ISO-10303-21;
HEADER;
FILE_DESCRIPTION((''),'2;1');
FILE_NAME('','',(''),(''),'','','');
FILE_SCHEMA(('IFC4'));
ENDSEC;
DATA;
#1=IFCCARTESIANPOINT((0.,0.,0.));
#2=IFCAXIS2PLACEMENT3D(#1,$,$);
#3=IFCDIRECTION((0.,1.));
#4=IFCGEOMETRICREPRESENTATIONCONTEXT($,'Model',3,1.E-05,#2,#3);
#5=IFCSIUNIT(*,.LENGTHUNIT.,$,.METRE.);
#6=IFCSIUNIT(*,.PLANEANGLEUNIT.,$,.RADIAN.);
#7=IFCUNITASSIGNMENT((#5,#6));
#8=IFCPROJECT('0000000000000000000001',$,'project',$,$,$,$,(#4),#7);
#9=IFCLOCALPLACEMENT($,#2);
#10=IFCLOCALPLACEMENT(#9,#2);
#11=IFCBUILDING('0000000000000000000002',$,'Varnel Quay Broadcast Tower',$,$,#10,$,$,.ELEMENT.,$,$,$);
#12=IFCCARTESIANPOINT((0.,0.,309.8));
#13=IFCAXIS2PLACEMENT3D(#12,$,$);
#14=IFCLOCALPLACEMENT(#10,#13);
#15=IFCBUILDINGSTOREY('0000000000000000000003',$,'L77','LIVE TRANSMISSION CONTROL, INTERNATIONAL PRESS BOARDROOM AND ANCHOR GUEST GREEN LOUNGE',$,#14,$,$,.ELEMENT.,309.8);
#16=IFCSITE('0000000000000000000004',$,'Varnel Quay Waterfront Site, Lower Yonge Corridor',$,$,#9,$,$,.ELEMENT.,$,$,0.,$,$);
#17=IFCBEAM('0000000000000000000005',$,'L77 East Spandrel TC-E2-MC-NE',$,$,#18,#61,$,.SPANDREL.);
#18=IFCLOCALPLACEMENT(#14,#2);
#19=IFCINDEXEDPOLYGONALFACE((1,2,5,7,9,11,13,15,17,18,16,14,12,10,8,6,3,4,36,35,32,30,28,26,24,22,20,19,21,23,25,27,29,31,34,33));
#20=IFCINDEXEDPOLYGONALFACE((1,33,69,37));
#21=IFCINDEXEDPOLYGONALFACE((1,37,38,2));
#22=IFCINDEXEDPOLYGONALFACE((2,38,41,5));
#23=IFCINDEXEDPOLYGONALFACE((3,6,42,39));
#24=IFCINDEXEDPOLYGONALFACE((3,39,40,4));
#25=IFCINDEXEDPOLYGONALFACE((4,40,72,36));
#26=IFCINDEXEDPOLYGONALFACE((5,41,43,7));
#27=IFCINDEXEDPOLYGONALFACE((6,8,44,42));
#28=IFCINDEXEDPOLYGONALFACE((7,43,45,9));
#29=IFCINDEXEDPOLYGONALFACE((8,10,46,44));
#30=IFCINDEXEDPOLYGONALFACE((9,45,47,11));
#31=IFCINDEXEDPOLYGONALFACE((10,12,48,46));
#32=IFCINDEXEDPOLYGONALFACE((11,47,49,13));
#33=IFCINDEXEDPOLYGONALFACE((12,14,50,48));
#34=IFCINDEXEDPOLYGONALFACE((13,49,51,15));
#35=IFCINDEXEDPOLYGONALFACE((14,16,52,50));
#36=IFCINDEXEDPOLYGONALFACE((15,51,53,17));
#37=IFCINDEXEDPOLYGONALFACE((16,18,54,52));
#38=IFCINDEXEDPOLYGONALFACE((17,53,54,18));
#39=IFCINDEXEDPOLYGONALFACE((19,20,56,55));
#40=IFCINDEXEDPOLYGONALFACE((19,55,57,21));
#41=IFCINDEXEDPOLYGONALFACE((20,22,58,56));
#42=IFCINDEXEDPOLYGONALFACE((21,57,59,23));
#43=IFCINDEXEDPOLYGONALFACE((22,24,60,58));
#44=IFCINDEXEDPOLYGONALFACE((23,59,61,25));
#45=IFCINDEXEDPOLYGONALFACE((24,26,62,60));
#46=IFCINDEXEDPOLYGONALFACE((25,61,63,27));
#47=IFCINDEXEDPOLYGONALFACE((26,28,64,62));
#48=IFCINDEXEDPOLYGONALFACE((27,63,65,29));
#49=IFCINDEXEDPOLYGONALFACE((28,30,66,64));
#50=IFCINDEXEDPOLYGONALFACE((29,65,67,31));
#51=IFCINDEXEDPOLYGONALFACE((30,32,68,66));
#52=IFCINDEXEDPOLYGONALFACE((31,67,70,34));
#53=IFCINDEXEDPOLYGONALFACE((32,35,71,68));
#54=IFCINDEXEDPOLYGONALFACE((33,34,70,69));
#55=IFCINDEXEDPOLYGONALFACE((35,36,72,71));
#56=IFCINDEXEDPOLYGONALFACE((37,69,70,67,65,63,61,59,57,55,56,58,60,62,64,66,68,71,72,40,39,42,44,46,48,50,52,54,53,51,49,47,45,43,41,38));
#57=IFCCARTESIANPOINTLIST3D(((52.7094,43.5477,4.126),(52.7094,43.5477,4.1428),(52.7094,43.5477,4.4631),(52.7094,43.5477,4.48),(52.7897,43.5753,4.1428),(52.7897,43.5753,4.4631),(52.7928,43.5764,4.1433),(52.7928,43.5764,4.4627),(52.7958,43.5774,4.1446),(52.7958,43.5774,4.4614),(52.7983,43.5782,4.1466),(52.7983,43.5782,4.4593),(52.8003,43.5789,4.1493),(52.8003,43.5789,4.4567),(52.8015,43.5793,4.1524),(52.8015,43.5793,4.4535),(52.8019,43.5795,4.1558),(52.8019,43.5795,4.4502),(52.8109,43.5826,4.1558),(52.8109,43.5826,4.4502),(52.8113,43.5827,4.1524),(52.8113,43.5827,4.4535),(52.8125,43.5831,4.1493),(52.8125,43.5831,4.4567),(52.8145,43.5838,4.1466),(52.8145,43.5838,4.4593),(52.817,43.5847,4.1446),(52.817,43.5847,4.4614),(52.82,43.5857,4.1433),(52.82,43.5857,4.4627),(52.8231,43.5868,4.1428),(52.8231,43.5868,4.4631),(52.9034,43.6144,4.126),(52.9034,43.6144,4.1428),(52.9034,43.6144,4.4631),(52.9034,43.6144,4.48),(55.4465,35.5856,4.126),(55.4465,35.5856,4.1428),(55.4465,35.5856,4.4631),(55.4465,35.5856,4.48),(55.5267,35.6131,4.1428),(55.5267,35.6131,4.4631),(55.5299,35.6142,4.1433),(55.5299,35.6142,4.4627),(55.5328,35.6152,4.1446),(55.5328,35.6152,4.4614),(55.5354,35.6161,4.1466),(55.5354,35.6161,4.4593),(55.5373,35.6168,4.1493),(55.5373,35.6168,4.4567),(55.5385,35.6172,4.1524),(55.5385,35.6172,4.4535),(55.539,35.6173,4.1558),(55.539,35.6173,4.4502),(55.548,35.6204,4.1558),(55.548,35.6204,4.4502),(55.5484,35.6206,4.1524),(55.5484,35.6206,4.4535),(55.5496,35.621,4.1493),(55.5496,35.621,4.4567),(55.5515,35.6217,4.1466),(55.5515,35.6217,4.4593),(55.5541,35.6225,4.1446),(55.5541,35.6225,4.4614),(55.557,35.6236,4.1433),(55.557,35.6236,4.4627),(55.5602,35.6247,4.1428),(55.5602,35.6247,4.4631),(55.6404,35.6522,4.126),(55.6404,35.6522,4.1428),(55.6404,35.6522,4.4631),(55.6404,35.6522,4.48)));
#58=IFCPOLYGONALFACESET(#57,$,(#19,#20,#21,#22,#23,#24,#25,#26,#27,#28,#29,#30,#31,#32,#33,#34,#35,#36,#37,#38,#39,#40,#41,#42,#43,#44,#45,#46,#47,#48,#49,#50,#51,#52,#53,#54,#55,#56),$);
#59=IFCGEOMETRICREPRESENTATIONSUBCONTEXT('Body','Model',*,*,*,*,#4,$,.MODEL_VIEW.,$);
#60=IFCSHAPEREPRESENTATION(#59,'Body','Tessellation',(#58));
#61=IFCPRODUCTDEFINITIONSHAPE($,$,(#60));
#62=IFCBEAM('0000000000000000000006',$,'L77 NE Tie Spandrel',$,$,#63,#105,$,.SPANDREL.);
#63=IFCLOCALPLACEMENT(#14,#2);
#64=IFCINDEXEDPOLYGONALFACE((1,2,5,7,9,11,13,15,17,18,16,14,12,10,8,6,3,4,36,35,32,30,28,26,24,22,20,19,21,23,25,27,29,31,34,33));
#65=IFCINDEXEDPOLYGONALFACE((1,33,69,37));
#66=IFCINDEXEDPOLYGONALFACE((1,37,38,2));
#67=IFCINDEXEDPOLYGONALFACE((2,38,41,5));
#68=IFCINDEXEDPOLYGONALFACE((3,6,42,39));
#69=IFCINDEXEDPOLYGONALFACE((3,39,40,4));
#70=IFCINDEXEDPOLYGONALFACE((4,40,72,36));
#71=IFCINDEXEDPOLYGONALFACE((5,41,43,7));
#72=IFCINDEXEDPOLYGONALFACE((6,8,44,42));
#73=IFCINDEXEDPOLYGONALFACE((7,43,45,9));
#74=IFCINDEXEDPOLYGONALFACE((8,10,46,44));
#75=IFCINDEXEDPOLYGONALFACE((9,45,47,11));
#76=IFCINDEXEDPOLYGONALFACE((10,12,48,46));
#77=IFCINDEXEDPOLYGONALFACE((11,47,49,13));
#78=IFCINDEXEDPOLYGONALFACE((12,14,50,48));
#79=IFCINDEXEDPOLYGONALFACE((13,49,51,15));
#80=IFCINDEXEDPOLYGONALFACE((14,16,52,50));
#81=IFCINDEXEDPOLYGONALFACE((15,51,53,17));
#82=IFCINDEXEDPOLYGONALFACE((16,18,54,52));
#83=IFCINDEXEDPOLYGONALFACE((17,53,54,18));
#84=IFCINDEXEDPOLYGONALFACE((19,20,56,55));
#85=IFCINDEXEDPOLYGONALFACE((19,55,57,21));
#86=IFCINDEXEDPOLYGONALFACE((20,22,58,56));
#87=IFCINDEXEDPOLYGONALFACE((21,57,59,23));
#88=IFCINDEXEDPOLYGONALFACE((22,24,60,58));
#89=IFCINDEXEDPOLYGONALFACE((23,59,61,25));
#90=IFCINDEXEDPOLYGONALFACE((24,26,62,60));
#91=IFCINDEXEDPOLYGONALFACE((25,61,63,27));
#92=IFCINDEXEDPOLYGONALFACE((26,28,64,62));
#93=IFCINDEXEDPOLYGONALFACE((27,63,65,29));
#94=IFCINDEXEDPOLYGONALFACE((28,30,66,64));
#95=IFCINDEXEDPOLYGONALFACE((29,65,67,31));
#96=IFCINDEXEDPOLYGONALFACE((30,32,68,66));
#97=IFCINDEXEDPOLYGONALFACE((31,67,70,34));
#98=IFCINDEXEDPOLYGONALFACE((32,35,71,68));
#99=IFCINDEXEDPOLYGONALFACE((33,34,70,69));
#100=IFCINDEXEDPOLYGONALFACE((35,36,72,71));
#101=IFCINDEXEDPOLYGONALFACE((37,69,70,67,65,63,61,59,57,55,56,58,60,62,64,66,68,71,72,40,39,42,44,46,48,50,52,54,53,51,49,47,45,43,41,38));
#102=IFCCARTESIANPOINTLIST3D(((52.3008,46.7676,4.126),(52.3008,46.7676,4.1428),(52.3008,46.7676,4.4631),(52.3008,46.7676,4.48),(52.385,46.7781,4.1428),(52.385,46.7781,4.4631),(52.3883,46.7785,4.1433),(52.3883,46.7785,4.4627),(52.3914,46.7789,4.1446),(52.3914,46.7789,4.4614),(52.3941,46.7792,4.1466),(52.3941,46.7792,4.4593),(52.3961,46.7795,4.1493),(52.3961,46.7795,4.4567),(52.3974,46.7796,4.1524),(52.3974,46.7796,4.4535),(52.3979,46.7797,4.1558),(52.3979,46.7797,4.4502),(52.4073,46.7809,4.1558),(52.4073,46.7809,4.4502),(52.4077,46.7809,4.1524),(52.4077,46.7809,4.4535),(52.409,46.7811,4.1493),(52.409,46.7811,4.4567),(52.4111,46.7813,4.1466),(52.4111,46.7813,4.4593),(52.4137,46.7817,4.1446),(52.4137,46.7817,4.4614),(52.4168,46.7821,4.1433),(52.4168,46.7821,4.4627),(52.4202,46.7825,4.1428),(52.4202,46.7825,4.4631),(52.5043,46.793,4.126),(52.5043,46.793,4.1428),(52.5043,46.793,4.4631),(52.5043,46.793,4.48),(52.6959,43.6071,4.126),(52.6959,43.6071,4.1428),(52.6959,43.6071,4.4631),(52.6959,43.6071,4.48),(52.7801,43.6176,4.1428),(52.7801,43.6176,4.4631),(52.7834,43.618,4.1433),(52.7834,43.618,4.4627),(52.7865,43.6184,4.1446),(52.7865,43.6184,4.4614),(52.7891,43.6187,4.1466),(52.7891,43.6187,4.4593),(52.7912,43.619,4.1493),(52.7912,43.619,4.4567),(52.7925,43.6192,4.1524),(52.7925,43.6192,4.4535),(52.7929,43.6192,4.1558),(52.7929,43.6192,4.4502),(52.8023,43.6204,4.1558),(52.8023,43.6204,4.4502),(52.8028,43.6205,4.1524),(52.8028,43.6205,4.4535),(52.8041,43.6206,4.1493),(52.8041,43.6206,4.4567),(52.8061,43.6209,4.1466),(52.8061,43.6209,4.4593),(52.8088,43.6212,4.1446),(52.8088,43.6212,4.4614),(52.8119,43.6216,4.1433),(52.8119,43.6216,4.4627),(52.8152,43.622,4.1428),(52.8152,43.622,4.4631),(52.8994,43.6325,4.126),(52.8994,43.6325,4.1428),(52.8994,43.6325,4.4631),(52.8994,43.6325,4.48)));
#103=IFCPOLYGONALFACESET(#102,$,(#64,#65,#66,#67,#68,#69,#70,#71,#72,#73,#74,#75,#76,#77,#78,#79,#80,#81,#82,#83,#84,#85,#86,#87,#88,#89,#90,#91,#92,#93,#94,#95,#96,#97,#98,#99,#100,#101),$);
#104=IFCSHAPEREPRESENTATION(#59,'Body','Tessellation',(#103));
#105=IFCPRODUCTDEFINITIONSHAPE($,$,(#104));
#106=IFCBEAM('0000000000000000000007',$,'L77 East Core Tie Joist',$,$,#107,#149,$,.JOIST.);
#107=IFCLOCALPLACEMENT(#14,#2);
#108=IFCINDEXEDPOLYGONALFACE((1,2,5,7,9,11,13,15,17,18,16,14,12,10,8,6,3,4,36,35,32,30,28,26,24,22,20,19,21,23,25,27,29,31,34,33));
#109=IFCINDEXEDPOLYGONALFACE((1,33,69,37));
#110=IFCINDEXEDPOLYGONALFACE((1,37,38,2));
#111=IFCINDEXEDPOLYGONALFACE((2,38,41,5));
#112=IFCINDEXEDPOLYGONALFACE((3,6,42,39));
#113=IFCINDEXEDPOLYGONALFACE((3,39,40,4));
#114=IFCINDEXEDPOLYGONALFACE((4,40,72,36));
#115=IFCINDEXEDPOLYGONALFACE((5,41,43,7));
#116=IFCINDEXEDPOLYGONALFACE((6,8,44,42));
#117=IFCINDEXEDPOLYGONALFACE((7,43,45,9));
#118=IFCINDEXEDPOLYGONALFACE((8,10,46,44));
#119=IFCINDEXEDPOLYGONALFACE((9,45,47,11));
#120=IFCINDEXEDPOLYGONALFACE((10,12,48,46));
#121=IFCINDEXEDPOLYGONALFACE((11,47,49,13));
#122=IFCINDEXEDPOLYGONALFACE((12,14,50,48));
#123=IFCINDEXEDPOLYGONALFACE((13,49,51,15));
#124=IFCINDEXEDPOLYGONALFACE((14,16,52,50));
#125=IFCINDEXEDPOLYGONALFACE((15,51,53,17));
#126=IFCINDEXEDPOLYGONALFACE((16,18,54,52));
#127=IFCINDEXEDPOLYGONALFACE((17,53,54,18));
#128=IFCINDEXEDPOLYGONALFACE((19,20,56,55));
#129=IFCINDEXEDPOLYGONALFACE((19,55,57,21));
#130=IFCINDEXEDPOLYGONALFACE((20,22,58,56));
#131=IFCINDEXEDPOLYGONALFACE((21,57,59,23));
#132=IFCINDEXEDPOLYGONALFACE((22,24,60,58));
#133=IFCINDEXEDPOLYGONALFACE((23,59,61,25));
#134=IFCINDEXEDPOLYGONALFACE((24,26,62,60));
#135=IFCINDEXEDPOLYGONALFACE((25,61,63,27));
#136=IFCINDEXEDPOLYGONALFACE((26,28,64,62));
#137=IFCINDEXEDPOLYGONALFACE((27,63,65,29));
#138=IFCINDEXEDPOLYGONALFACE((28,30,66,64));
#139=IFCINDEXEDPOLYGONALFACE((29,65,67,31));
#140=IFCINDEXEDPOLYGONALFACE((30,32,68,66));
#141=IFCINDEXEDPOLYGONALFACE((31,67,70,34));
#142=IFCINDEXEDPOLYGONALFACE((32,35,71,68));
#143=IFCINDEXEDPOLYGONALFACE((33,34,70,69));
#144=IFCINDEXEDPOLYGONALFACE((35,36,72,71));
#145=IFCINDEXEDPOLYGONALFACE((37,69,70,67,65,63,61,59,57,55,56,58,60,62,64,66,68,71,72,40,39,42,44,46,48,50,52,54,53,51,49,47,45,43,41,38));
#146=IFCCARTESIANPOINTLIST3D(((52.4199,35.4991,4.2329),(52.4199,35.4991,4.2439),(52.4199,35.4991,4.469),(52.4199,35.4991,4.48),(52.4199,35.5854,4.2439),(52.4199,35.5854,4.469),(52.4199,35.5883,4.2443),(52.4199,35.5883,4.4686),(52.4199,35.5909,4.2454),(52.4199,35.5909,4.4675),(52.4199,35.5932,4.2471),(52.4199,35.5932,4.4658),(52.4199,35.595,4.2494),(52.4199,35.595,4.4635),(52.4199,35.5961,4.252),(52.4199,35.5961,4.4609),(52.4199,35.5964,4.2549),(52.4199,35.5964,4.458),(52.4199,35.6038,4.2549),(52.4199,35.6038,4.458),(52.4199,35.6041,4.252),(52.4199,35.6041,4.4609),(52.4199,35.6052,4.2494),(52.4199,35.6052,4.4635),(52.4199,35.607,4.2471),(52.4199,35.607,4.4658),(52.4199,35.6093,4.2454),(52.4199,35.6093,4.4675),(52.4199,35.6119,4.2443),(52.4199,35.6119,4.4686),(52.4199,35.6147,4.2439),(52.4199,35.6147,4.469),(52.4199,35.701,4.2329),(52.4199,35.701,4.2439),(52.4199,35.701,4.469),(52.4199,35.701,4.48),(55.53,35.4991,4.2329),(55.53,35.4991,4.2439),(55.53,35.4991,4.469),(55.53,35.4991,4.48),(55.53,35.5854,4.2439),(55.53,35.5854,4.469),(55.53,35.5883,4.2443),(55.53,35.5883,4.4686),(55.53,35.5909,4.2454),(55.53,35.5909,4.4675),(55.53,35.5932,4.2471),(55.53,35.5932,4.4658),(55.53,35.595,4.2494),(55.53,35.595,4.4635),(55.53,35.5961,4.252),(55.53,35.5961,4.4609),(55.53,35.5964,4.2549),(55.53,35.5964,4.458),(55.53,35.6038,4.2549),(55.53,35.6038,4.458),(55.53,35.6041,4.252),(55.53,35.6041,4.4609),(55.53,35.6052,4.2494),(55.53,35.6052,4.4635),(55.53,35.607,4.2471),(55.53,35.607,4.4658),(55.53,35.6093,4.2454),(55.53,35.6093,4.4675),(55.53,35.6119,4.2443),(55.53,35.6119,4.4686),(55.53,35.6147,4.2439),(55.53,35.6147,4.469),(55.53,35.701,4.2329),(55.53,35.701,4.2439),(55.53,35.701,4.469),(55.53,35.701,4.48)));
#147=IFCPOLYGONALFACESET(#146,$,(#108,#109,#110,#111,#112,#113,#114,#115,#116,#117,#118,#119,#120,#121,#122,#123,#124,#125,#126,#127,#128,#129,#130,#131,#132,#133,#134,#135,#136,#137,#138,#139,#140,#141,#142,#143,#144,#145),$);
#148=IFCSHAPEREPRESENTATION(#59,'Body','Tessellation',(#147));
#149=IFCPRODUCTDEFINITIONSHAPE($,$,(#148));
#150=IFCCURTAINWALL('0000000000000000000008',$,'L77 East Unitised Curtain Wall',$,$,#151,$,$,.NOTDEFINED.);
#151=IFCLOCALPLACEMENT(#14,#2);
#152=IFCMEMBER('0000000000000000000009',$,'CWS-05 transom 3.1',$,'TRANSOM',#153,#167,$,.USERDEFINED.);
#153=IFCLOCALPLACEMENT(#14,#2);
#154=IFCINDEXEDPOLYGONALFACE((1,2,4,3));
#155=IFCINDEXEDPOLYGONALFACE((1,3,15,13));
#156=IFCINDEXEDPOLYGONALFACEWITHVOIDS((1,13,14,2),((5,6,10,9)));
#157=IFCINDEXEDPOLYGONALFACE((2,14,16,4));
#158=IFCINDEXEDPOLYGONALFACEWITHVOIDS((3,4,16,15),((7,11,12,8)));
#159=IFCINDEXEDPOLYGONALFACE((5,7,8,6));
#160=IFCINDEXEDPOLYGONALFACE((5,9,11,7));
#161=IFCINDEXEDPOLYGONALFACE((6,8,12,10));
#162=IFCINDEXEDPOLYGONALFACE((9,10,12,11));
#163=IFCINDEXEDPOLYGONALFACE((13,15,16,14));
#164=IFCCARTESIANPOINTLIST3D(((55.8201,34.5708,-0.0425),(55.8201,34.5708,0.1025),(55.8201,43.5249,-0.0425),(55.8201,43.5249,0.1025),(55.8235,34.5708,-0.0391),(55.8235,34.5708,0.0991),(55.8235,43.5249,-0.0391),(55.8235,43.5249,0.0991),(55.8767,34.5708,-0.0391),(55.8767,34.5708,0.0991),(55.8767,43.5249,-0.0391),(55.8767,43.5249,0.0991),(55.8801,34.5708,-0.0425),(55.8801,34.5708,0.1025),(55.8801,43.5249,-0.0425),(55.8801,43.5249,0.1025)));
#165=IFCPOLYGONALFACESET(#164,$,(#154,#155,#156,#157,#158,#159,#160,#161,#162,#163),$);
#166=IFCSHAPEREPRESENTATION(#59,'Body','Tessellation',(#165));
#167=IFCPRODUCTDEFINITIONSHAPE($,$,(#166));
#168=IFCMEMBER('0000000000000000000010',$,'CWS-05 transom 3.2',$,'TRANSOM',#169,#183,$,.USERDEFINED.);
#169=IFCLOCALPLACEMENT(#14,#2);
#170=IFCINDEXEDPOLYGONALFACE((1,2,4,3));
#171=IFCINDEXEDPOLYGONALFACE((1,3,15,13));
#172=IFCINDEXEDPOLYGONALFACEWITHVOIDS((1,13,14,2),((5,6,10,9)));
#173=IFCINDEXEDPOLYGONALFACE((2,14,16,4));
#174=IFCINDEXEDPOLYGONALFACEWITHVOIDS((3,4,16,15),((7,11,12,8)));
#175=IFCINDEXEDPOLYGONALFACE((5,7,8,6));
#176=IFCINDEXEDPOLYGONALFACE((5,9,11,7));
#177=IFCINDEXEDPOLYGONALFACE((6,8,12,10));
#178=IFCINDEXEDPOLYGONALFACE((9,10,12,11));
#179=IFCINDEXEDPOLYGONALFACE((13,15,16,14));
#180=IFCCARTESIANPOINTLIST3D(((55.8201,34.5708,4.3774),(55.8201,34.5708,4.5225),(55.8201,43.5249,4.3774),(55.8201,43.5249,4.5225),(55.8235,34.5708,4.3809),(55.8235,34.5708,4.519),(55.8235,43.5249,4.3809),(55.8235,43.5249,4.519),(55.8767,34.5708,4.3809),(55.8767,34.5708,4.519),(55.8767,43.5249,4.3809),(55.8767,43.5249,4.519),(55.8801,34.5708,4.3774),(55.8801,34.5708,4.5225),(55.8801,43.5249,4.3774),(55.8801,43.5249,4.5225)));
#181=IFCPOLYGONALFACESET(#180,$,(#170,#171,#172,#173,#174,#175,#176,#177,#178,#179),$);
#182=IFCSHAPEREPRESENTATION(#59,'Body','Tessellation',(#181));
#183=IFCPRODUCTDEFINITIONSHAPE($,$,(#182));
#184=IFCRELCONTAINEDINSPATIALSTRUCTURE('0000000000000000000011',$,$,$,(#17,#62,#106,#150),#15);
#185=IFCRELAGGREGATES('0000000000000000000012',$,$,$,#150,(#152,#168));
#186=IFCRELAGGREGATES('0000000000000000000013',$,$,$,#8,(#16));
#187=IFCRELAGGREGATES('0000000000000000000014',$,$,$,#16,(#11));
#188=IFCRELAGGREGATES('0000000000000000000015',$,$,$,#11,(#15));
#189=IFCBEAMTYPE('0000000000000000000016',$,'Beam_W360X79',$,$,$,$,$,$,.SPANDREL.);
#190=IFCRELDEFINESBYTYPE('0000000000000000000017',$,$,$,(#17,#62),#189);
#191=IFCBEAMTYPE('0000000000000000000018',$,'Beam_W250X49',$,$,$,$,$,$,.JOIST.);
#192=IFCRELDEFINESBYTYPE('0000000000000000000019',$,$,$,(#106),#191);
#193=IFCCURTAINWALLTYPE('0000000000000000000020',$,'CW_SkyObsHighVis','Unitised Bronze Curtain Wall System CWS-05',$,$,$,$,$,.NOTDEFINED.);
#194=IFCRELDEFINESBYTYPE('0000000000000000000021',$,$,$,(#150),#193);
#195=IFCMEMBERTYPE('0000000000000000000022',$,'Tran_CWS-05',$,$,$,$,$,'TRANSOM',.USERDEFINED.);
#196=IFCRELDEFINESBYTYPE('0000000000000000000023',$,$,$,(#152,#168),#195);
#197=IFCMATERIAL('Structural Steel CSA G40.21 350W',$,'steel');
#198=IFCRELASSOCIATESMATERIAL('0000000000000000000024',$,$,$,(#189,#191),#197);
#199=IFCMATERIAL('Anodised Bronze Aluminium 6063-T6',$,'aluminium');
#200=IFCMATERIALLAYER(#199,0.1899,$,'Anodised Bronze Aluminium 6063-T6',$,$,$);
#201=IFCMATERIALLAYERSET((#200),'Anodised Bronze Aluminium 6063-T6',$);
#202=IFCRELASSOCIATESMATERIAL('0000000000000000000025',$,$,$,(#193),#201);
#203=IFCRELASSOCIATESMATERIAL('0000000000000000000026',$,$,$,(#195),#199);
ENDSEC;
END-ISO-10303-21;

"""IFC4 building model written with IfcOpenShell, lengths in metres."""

from ifc_helpers import new_model, si_unit, direction, frame, origin, origin_2d, place, context, subcontext, project, spatial, hollow_rectangle, i_section, extrude, source, transform, mapped, material, layer, layer_set, material_profile, profile_set, type_object, type_shapes, element, aggregate, save


model = new_model("IFC4")

# Units and contexts
model_context = context("Model", 3, precision=1e-05, world=origin(), true_north=direction((0.0, 1.0)))
body_context = subcontext(model_context, "Body", "Model", "MODEL_VIEW")
ifc_project = project(units=[si_unit("LENGTHUNIT", "METRE"), si_unit("PLANEANGLEUNIT", "RADIAN")], contexts=[model_context])

# Site, building, storey
site_placement = place(None, origin())
site = spatial("IfcSite", under=ifc_project, at=site_placement, Name="Varnel Quay Waterfront Site, Lower Yonge Corridor", CompositionType="ELEMENT", RefElevation=0.0)
building_placement = place(site_placement, origin())
building = spatial("IfcBuilding", under=site, at=building_placement, Name="Varnel Quay Broadcast Tower", CompositionType="ELEMENT")
storey_placement = place(building_placement, frame((0.0, 0.0, 309.8)))
storey = spatial("IfcBuildingStorey", under=building, at=storey_placement, Name="L77", Description="LIVE TRANSMISSION CONTROL, INTERNATIONAL PRESS BOARDROOM AND ANCHOR GUEST GREEN LOUNGE", CompositionType="ELEMENT", Elevation=309.8)

# Shared definitions
ifc_material_1 = material(Name="Structural Steel CSA G40.21 350W", Category="steel")

# Beams
ifc_material_profile_1 = material_profile(ifc_material_1, i_section(OverallWidth=0.2051, OverallDepth=0.354, WebThickness=0.0095, FlangeThickness=0.0168, FilletRadius=0.0129, at=origin_2d()), Name="W360X79")
ifc_profile_set_1 = profile_set([ifc_material_profile_1], Name="Structural Steel CSA G40.21 350W")
beam_type_1 = type_object("IfcBeamType", Name="Beam_W360X79", PredefinedType="SPANDREL", material=ifc_profile_set_1)
shared_shape_1 = source(origin(), body_context, "Body", "SweptSolid", [
    extrude(i_section(OverallWidth=0.2051, OverallDepth=0.354, WebThickness=0.0095, FlangeThickness=0.0168, FilletRadius=0.0129, at=origin_2d()), origin(), (0.0, 0.0, 1.0), 8.4194),
])
beam_1_placement = place(storey_placement, frame((55.5435, 35.6189, 4.303), z_axis=(-0.325087, 0.945684, 0.0), x_axis=(-0.945684, -0.325087, 0.0)))
element("IfcBeam", 1, at=beam_1_placement, inside=storey, type_object=beam_type_1, Name="L77 East Spandrel TC-E2-MC-NE", PredefinedType="SPANDREL", context=body_context, shape_type="MappedRepresentation", body=[
    mapped(shared_shape_1, transform((0.0, 0.0, 0.0), x_axis=(1.0, 0.0, 0.0), y_axis=(0.0, 1.0, 0.0), z_axis=(0.0, 0.0, 1.0), scale=1.0)),
])
shared_shape_2 = source(origin(), body_context, "Body", "SweptSolid", [
    extrude(i_section(OverallWidth=0.2051, OverallDepth=0.354, WebThickness=0.0095, FlangeThickness=0.0168, FilletRadius=0.0129, at=origin_2d()), origin(), (0.0, 0.0, 1.0), 3.1851),
])
type_shapes(beam_type_1, [shared_shape_1, shared_shape_2])
beam_2_placement = place(storey_placement, frame((52.4026, 46.7803, 4.303), z_axis=(0.124025, -0.992279, 0.0), x_axis=(0.992279, 0.124025, 0.0)))
element("IfcBeam", 2, at=beam_2_placement, inside=storey, type_object=beam_type_1, Name="L77 NE Tie Spandrel", PredefinedType="SPANDREL", context=body_context, shape_type="MappedRepresentation", body=[
    mapped(shared_shape_2, transform((0.0, 0.0, 0.0), x_axis=(1.0, 0.0, 0.0), y_axis=(0.0, 1.0, 0.0), z_axis=(0.0, 0.0, 1.0), scale=1.0)),
])
ifc_material_profile_2 = material_profile(ifc_material_1, i_section(OverallWidth=0.2019, OverallDepth=0.2471, WebThickness=0.0073, FlangeThickness=0.011, FilletRadius=0.011, at=origin_2d()), Name="W250X49")
ifc_profile_set_2 = profile_set([ifc_material_profile_2], Name="Structural Steel CSA G40.21 350W")
beam_type_2 = type_object("IfcBeamType", Name="Beam_W250X49", PredefinedType="JOIST", material=ifc_profile_set_2)
shared_shape_3 = source(origin(), body_context, "Body", "SweptSolid", [
    extrude(i_section(OverallWidth=0.2019, OverallDepth=0.2471, WebThickness=0.0073, FlangeThickness=0.011, FilletRadius=0.011, at=origin_2d()), origin(), (0.0, 0.0, 1.0), 3.1101),
])
type_shapes(beam_type_2, [shared_shape_3])
beam_3_placement = place(storey_placement, frame((52.4199, 35.6001, 4.3564), z_axis=(1.0, 0.0, 0.0), x_axis=(0.0, 1.0, 0.0)))
element("IfcBeam", 3, at=beam_3_placement, inside=storey, type_object=beam_type_2, Name="L77 East Core Tie Joist", PredefinedType="JOIST", context=body_context, shape_type="MappedRepresentation", body=[
    mapped(shared_shape_3, transform((0.0, 0.0, 0.0), x_axis=(1.0, 0.0, 0.0), y_axis=(0.0, 1.0, 0.0), z_axis=(0.0, 0.0, 1.0), scale=1.0)),
])

# Curtain wall, members
ifc_material_2 = material(Name="Anodised Bronze Aluminium 6063-T6", Category="aluminium")
ifc_layer_1 = layer(ifc_material_2, 0.1899, Name="Anodised Bronze Aluminium 6063-T6")
ifc_layer_set_1 = layer_set([ifc_layer_1], Name="Anodised Bronze Aluminium 6063-T6")
curtain_wall_type = type_object("IfcCurtainWallType", Name="CW_SkyObsHighVis", Description="Unitised Bronze Curtain Wall System CWS-05", PredefinedType="NOTDEFINED", material=ifc_layer_set_1)
curtain_wall_placement = place(storey_placement, origin())
curtain_wall = element("IfcCurtainWall", 4, at=curtain_wall_placement, inside=storey, type_object=curtain_wall_type, Name="L77 East Unitised Curtain Wall", PredefinedType="NOTDEFINED")
ifc_material_profile_3 = material_profile(ifc_material_2, hollow_rectangle(XDim=0.0601, YDim=0.145, WallThickness=0.0034, at=origin_2d()), Name="ALU60X145X3.5")
ifc_profile_set_3 = profile_set([ifc_material_profile_3], Name="Anodised Bronze Aluminium 6063-T6")
member_type_1 = type_object("IfcMemberType", Name="Tran_CWS-05", ElementType="TRANSOM", PredefinedType="USERDEFINED", material=ifc_profile_set_3)
shared_shape_4 = source(origin(), body_context, "Body", "SweptSolid", [
    extrude(hollow_rectangle(XDim=0.0601, YDim=0.145, WallThickness=0.0034, at=origin_2d()), origin(), (0.0, 0.0, 1.0), 8.9541),
])
type_shapes(member_type_1, [shared_shape_4])
member_1_placement = place(storey_placement, frame((55.8501, 34.5708, 0.03), z_axis=(0.0, 1.0, 0.0), x_axis=(-1.0, 0.0, 0.0)))
member_1 = element("IfcMember", 5, at=member_1_placement, type_object=member_type_1, Name="CWS-05 transom 3.1", ObjectType="TRANSOM", PredefinedType="USERDEFINED", context=body_context, shape_type="MappedRepresentation", body=[
    mapped(shared_shape_4, transform((0.0, 0.0, 0.0), x_axis=(1.0, 0.0, 0.0), y_axis=(0.0, 1.0, 0.0), z_axis=(0.0, 0.0, 1.0), scale=1.0)),
])
member_2_placement = place(storey_placement, frame((55.8501, 34.5708, 4.45), z_axis=(0.0, 1.0, 0.0), x_axis=(-1.0, 0.0, 0.0)))
member_2 = element("IfcMember", 6, at=member_2_placement, type_object=member_type_1, Name="CWS-05 transom 3.2", ObjectType="TRANSOM", PredefinedType="USERDEFINED", context=body_context, shape_type="MappedRepresentation", body=[
    mapped(shared_shape_4, transform((0.0, 0.0, 0.0), x_axis=(1.0, 0.0, 0.0), y_axis=(0.0, 1.0, 0.0), z_axis=(0.0, 0.0, 1.0), scale=1.0)),
])
aggregate(curtain_wall, [member_1, member_2])

save(model, "model.ifc")
